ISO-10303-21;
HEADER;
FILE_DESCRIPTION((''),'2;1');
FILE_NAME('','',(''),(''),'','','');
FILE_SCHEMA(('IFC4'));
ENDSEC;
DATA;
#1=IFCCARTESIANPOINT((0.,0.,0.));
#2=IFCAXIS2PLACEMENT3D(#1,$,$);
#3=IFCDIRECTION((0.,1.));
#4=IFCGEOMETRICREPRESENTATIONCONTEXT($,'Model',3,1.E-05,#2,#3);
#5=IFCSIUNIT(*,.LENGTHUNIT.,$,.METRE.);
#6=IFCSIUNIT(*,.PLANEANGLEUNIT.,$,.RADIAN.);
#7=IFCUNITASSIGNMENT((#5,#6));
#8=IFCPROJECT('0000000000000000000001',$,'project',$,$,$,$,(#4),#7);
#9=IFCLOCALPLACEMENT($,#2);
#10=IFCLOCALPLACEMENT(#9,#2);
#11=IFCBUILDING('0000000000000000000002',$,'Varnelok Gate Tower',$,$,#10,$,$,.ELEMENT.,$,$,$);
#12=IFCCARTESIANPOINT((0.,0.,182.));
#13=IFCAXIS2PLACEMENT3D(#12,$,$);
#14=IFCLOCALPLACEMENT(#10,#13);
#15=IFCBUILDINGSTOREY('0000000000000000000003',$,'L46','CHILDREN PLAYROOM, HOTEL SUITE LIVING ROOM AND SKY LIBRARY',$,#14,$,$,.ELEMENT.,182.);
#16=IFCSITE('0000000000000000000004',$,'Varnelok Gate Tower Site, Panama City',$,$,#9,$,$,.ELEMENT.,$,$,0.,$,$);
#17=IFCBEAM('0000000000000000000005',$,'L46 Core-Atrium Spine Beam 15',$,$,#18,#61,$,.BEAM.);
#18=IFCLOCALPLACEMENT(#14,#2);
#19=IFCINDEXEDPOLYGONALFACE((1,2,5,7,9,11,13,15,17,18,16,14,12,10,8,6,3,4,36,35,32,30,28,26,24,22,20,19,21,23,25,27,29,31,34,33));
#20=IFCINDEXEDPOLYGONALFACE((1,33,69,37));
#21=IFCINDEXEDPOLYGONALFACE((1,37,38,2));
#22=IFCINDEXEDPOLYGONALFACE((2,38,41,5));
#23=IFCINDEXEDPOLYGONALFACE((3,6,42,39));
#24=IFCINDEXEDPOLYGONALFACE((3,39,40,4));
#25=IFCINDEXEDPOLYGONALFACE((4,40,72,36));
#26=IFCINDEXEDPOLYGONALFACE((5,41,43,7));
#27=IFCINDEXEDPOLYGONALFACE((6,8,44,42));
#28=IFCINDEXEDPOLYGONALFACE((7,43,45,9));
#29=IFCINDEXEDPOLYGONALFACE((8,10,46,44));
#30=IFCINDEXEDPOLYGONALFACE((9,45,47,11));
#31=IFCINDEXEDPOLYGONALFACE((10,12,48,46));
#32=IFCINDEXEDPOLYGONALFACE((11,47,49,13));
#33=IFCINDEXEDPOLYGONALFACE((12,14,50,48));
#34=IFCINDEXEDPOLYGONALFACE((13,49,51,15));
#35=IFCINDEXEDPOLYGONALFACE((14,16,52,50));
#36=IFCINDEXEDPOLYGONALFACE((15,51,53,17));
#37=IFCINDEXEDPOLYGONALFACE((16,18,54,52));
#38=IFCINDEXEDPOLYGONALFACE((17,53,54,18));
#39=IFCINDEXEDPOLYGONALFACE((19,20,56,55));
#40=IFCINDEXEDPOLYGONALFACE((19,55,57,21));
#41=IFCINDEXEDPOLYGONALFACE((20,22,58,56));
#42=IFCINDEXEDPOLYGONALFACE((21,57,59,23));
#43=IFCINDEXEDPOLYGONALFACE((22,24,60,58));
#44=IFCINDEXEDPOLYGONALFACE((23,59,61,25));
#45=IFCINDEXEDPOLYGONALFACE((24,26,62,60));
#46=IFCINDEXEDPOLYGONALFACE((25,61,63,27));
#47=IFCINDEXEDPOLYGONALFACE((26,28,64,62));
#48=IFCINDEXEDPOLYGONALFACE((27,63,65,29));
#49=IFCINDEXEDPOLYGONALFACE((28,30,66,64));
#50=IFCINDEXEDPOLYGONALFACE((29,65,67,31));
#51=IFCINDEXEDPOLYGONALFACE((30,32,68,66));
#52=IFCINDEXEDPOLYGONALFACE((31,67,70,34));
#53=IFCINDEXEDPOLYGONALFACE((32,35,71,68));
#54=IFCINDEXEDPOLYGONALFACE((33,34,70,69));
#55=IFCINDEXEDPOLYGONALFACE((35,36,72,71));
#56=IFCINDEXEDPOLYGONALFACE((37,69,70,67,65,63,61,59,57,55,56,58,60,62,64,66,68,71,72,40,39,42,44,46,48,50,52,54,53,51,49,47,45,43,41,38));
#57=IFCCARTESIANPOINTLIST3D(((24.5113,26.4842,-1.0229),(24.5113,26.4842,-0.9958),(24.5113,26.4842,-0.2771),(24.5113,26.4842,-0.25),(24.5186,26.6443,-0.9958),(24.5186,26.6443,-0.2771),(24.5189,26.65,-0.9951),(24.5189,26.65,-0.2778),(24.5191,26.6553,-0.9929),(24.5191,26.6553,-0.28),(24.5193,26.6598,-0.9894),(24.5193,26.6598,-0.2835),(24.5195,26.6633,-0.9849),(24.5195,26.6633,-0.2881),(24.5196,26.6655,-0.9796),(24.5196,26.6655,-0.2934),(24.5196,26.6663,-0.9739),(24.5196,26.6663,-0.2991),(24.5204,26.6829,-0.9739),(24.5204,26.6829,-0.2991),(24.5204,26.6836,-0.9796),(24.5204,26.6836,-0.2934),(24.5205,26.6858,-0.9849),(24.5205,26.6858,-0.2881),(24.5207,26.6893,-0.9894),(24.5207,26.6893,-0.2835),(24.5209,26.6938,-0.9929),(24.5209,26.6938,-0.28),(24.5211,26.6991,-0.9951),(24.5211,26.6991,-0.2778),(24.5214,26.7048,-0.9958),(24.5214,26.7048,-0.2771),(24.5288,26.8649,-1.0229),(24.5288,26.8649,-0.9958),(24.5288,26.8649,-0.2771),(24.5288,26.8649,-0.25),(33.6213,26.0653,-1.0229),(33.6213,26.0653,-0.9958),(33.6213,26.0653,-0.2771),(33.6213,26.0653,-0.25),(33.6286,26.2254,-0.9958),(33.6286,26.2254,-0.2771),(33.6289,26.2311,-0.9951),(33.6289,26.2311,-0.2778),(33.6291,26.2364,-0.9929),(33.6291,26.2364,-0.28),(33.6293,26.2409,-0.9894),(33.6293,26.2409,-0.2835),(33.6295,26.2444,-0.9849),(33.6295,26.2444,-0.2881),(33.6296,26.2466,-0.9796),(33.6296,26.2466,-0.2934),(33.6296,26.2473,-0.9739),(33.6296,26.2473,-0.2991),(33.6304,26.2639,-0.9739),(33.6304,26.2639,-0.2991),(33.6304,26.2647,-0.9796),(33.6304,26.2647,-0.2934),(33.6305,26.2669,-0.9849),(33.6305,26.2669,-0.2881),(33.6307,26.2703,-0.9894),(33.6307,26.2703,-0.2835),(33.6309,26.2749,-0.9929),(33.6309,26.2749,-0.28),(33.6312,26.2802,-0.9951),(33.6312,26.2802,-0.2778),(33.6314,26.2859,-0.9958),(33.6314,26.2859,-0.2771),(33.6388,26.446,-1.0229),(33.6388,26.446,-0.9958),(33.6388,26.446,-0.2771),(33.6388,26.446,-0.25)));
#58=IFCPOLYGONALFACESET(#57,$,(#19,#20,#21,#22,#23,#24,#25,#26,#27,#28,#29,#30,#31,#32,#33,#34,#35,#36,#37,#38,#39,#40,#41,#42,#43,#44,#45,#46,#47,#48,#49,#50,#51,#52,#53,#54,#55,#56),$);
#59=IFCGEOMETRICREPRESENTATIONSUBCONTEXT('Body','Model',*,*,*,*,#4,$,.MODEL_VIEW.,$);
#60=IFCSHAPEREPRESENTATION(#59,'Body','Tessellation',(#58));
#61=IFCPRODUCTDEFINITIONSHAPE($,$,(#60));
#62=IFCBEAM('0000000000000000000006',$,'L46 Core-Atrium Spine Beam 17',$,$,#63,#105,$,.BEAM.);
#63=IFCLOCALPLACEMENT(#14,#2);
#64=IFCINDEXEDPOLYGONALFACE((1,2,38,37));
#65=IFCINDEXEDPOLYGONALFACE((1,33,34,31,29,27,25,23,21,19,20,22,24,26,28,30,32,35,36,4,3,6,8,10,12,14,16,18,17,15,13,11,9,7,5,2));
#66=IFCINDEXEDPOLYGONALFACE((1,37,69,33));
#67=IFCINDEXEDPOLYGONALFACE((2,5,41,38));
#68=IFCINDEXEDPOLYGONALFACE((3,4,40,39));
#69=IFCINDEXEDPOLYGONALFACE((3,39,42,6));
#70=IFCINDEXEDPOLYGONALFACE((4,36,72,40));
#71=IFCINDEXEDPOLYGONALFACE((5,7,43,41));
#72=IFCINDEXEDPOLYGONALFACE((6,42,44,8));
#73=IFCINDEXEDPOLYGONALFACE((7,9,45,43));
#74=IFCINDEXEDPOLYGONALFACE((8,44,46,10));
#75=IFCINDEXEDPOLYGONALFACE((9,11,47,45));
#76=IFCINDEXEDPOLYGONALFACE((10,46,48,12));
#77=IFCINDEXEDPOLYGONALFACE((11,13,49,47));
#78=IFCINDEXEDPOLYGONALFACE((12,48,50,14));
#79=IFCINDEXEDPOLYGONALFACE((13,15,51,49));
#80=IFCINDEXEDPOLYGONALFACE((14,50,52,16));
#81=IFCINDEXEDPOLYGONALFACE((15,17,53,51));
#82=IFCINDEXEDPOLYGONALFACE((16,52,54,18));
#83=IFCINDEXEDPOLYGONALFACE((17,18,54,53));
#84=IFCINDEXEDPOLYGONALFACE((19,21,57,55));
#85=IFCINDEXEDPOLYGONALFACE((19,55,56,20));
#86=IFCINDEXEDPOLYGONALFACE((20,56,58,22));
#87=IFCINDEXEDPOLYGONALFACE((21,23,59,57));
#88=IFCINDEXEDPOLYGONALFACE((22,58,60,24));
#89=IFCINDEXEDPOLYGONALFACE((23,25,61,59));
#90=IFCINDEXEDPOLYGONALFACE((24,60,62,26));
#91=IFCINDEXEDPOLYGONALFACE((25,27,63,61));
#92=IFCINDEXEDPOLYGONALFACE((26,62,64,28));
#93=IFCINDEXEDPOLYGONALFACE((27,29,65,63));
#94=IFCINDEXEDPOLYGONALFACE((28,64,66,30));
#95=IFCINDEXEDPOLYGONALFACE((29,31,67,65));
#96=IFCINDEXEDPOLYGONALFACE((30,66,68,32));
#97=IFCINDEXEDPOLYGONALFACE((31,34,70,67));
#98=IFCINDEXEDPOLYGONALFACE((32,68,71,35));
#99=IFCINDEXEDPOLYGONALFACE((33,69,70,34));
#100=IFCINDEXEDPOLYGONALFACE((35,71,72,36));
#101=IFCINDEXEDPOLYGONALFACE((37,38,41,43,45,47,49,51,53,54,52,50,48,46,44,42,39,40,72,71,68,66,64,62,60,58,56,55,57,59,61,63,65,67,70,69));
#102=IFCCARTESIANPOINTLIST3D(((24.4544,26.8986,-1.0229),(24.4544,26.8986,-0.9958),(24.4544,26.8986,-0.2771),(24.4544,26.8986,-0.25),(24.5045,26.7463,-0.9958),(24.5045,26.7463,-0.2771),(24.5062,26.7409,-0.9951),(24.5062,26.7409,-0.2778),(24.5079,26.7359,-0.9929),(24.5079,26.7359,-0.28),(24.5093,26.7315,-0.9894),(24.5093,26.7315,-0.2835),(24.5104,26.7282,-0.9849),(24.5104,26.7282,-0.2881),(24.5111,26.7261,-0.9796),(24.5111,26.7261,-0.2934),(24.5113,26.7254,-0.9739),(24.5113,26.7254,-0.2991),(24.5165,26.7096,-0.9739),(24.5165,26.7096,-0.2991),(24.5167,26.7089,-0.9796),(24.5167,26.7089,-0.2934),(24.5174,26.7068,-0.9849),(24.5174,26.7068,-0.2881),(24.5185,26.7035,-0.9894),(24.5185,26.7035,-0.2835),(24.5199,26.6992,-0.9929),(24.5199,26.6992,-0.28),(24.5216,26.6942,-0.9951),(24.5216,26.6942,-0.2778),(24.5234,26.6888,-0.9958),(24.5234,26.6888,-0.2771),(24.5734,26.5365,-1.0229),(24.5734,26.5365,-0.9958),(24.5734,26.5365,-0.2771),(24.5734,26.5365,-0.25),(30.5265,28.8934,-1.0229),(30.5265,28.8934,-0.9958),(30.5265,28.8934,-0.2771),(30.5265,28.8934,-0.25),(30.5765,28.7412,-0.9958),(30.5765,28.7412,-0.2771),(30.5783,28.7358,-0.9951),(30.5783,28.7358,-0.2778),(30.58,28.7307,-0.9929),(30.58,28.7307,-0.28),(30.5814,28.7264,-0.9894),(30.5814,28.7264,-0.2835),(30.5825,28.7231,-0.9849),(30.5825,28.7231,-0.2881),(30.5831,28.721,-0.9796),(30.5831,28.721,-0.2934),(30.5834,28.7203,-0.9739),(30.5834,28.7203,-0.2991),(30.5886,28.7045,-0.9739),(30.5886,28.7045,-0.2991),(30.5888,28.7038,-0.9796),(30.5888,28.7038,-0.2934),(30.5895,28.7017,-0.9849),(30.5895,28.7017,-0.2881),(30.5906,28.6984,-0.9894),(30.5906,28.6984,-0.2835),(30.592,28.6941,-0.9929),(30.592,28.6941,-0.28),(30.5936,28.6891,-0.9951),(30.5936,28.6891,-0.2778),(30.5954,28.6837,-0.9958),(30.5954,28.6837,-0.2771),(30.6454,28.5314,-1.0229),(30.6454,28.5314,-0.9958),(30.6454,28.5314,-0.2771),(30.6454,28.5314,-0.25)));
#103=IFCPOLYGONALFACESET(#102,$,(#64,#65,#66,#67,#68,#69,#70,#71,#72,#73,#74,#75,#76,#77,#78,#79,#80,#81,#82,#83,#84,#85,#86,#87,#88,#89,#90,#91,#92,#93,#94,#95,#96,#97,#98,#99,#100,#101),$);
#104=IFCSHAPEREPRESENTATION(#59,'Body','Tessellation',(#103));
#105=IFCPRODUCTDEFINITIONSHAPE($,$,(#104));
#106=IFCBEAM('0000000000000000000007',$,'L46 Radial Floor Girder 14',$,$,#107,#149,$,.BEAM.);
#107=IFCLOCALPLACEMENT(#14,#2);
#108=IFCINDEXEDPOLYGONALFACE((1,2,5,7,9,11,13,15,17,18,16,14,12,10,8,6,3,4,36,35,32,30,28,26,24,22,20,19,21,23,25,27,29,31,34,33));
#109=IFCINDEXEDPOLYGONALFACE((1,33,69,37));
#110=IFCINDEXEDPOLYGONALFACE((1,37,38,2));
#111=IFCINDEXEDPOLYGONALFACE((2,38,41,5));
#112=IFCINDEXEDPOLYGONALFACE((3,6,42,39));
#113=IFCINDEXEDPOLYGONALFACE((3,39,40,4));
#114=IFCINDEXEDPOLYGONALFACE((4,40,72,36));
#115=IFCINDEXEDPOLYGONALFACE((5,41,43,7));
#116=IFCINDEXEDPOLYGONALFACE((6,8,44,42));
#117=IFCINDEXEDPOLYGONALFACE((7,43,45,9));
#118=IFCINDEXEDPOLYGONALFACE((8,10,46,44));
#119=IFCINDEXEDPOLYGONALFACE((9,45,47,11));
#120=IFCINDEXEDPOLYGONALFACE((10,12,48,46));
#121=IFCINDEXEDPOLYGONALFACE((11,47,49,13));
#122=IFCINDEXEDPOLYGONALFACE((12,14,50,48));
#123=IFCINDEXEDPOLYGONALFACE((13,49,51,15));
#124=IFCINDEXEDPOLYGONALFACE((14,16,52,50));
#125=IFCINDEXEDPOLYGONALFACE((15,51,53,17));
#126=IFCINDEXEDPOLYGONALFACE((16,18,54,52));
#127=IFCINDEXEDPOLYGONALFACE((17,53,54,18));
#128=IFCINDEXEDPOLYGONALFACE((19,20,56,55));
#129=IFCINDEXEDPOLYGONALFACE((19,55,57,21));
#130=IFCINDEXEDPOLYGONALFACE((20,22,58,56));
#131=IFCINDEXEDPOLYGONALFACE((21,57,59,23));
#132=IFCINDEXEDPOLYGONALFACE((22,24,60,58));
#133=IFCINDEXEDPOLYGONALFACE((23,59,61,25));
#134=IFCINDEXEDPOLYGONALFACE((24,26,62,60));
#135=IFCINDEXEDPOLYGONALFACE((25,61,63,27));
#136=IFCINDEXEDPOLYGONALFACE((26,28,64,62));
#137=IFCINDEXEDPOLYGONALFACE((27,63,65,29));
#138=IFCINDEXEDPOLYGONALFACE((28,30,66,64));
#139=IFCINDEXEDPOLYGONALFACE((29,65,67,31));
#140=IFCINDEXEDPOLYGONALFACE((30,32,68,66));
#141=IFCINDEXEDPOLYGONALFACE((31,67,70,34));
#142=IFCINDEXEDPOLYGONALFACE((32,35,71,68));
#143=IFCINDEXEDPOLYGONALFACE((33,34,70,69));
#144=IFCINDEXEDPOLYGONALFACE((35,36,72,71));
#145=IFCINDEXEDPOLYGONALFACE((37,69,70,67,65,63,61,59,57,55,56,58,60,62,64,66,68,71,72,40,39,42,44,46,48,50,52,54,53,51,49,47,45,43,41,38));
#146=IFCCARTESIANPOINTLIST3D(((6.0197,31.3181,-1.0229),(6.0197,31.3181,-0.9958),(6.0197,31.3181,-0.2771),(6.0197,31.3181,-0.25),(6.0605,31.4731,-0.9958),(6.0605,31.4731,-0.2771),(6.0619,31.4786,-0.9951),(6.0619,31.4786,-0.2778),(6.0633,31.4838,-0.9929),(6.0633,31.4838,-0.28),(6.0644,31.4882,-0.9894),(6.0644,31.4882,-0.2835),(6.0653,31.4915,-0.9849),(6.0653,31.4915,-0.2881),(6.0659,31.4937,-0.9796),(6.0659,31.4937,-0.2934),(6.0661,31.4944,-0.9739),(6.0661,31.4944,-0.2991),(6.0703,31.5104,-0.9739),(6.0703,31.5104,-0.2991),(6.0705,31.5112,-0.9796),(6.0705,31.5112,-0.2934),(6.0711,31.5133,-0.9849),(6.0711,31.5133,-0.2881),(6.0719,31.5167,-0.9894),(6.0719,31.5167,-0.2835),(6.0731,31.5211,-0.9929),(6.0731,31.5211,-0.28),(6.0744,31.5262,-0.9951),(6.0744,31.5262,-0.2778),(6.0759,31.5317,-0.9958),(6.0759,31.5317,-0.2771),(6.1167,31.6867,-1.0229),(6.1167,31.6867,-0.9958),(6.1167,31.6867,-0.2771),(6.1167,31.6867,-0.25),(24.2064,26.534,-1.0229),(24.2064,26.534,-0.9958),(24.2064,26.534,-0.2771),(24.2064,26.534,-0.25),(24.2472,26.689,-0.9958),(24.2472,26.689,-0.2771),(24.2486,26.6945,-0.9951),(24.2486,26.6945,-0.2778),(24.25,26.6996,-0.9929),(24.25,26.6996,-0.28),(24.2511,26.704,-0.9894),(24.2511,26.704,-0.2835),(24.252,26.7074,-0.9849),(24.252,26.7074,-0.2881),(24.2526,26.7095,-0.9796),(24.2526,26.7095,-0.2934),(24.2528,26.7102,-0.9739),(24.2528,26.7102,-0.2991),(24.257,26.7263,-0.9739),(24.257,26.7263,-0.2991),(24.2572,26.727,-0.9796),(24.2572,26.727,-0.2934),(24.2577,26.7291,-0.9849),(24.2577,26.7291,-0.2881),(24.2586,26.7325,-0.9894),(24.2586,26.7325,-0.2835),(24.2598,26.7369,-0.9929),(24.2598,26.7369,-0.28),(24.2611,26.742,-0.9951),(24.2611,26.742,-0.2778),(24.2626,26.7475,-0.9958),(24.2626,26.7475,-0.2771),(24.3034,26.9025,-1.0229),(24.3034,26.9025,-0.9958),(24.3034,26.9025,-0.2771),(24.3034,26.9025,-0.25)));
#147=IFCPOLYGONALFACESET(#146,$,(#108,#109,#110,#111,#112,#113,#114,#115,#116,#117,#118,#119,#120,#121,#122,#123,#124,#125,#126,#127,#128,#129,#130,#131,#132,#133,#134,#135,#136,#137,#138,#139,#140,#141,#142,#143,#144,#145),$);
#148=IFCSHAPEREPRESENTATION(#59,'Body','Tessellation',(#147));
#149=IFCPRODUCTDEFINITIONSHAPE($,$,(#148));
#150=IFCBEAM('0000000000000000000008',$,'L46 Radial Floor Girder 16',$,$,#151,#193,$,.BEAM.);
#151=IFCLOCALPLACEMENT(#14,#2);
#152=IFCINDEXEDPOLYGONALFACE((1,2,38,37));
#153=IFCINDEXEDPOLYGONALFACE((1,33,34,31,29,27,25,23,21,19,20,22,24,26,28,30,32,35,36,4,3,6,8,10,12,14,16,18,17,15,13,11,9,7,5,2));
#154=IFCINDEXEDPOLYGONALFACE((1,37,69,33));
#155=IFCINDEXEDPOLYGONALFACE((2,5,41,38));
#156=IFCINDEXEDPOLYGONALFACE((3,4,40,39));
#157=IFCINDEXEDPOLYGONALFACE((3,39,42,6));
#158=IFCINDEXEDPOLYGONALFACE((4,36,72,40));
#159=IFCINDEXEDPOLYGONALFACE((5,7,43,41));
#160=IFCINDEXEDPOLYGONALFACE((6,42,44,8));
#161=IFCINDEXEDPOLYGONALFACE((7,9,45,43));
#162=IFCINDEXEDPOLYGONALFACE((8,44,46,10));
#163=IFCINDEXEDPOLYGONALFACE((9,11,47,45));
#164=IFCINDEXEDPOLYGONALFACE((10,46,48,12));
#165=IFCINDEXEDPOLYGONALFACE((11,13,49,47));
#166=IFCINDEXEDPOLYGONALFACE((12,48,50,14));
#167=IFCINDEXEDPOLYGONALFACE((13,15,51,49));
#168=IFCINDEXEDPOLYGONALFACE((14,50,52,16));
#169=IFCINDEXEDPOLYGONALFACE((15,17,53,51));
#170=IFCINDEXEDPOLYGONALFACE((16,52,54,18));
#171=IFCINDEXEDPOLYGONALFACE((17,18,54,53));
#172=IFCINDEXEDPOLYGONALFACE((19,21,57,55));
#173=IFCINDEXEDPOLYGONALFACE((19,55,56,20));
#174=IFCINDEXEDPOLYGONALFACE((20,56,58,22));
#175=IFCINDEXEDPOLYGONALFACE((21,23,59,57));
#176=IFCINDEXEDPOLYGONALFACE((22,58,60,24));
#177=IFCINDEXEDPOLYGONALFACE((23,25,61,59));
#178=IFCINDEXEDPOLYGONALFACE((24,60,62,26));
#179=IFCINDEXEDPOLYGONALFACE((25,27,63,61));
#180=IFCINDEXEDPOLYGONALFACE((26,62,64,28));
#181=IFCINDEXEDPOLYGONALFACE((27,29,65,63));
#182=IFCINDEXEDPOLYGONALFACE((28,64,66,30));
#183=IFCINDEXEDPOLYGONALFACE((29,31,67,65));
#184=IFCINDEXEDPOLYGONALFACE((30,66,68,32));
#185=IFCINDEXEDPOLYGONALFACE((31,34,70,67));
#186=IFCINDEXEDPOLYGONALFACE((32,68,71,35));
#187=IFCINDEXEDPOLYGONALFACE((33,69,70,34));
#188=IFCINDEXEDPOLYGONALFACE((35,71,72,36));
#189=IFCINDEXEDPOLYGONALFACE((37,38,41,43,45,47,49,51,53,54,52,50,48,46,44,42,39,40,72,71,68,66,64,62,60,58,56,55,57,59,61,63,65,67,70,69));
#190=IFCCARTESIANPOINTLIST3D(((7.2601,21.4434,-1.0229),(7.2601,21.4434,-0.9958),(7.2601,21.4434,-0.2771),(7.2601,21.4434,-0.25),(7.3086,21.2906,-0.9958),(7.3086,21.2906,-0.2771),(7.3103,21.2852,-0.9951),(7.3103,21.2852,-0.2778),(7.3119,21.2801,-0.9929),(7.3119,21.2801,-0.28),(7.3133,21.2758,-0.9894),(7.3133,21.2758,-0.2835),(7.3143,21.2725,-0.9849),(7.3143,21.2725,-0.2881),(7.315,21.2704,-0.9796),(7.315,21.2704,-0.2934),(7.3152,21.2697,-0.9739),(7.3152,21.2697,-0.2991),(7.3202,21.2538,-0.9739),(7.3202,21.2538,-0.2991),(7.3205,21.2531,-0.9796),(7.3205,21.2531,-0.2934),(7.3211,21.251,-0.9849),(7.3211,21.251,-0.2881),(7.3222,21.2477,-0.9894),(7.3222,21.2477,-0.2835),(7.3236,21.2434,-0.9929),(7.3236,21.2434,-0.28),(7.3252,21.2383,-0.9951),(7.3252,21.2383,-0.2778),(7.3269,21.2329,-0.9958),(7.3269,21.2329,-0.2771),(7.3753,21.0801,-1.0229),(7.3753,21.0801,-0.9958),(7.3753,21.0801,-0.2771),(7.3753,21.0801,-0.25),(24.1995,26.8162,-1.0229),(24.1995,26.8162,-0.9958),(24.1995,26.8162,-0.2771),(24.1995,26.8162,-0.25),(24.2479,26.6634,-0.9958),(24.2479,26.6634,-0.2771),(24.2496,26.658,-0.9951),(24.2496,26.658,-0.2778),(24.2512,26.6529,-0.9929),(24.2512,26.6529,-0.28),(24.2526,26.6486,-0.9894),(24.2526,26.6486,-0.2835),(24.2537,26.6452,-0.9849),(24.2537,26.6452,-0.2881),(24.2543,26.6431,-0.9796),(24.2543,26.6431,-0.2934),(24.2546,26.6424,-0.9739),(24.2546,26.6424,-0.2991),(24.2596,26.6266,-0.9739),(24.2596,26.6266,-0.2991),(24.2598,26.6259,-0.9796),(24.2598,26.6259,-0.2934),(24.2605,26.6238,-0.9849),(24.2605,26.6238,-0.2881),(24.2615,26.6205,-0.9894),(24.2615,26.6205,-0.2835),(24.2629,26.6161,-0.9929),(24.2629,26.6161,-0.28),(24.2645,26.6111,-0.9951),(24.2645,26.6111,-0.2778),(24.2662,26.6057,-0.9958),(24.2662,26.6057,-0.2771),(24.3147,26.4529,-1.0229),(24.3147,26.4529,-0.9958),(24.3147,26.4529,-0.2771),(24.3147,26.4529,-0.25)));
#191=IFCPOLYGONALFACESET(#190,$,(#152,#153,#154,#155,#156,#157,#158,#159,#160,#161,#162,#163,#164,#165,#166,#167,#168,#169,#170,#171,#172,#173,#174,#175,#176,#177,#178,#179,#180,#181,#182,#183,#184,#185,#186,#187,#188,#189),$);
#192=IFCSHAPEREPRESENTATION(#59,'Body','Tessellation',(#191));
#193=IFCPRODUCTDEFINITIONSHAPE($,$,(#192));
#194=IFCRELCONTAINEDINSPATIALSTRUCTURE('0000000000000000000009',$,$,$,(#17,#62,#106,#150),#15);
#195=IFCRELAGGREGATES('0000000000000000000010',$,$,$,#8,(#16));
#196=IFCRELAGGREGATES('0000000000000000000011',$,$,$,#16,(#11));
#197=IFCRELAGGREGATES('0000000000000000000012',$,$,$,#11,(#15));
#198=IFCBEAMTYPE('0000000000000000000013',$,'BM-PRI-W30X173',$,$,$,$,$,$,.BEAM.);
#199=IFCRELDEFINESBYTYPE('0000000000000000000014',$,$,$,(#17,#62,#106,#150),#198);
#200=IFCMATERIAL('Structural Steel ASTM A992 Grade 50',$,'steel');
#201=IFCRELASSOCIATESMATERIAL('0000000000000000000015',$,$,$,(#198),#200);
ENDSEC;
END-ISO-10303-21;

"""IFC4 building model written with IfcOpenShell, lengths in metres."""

from ifc_helpers import new_model, si_unit, direction, frame, origin, origin_2d, place, context, subcontext, project, spatial, i_section, extrude, material, material_profile, profile_set, type_object, element, save


model = new_model("IFC4")

# Units and contexts
model_context = context("Model", 3, precision=1e-05, world=origin(), true_north=direction((0.0, 1.0)))
body_context = subcontext(model_context, "Body", "Model", "MODEL_VIEW")
ifc_project = project(units=[si_unit("LENGTHUNIT", "METRE"), si_unit("PLANEANGLEUNIT", "RADIAN")], contexts=[model_context])

# Site, building, storey
site_placement = place(None, origin())
site = spatial("IfcSite", under=ifc_project, at=site_placement, Name="Varnelok Gate Tower Site, Panama City", CompositionType="ELEMENT", RefElevation=0.0)
building_placement = place(site_placement, origin())
building = spatial("IfcBuilding", under=site, at=building_placement, Name="Varnelok Gate Tower", CompositionType="ELEMENT")
storey_placement = place(building_placement, frame((0.0, 0.0, 182.0)))
storey = spatial("IfcBuildingStorey", under=building, at=storey_placement, Name="L46", Description="CHILDREN PLAYROOM, HOTEL SUITE LIVING ROOM AND SKY LIBRARY", CompositionType="ELEMENT", Elevation=182.0)

# Shared definitions
ifc_material_1 = material(Name="Structural Steel ASTM A992 Grade 50", Category="steel")

# Beams
ifc_material_profile_1 = material_profile(ifc_material_1, i_section(OverallWidth=0.3811, OverallDepth=0.7729, WebThickness=0.0166, FlangeThickness=0.0271, FilletRadius=0.022, at=origin_2d()), Name="W30X173")
ifc_profile_set_1 = profile_set([ifc_material_profile_1], Name="Structural Steel ASTM A992 Grade 50")
beam_type_1 = type_object("IfcBeamType", Name="BM-PRI-W30X173", PredefinedType="BEAM", material=ifc_profile_set_1)
beam_1_placement = place(storey_placement, frame((24.52, 26.6746, -0.6365), z_axis=(0.998944, -0.045938, 0.0), x_axis=(0.045938, 0.998944, 0.0)))
element("IfcBeam", 1, at=beam_1_placement, inside=storey, type_object=beam_type_1, Name="L46 Core-Atrium Spine Beam 15", PredefinedType="BEAM", context=body_context, shape_type="SweptSolid", body=[
    extrude(i_section(OverallWidth=0.3811, OverallDepth=0.7729, WebThickness=0.0166, FlangeThickness=0.0271, FilletRadius=0.022, at=origin_2d()), origin(), (0.0, 0.0, 1.0), 9.1196),
])
beam_2_placement = place(storey_placement, frame((24.5139, 26.7175, -0.6365), z_axis=(0.950042, 0.312122, 0.0), x_axis=(-0.312122, 0.950042, 0.0)))
element("IfcBeam", 2, at=beam_2_placement, inside=storey, type_object=beam_type_1, Name="L46 Core-Atrium Spine Beam 17", PredefinedType="BEAM", context=body_context, shape_type="SweptSolid", body=[
    extrude(i_section(OverallWidth=0.3811, OverallDepth=0.7729, WebThickness=0.0166, FlangeThickness=0.0271, FilletRadius=0.022, at=origin_2d()), origin(), (0.0, 0.0, 1.0), 6.3914),
])
beam_3_placement = place(storey_placement, frame((24.2549, 26.7183, -0.6365), z_axis=(-0.967098, 0.254403, 0.0), x_axis=(-0.254403, -0.967098, 0.0)))
element("IfcBeam", 3, at=beam_3_placement, inside=storey, type_object=beam_type_1, Name="L46 Radial Floor Girder 14", PredefinedType="BEAM", context=body_context, shape_type="SweptSolid", body=[
    extrude(i_section(OverallWidth=0.3811, OverallDepth=0.7729, WebThickness=0.0166, FlangeThickness=0.0271, FilletRadius=0.022, at=origin_2d()), origin(), (0.0, 0.0, 1.0), 18.8054),
])
beam_4_placement = place(storey_placement, frame((24.2571, 26.6345, -0.6365), z_axis=(-0.953202, -0.302334, 0.0), x_axis=(0.302334, -0.953202, 0.0)))
element("IfcBeam", 4, at=beam_4_placement, inside=storey, type_object=beam_type_1, Name="L46 Radial Floor Girder 16", PredefinedType="BEAM", context=body_context, shape_type="SweptSolid", body=[
    extrude(i_section(OverallWidth=0.3811, OverallDepth=0.7729, WebThickness=0.0166, FlangeThickness=0.0271, FilletRadius=0.022, at=origin_2d()), origin(), (0.0, 0.0, 1.0), 17.771),
])

save(model, "model.ifc")
